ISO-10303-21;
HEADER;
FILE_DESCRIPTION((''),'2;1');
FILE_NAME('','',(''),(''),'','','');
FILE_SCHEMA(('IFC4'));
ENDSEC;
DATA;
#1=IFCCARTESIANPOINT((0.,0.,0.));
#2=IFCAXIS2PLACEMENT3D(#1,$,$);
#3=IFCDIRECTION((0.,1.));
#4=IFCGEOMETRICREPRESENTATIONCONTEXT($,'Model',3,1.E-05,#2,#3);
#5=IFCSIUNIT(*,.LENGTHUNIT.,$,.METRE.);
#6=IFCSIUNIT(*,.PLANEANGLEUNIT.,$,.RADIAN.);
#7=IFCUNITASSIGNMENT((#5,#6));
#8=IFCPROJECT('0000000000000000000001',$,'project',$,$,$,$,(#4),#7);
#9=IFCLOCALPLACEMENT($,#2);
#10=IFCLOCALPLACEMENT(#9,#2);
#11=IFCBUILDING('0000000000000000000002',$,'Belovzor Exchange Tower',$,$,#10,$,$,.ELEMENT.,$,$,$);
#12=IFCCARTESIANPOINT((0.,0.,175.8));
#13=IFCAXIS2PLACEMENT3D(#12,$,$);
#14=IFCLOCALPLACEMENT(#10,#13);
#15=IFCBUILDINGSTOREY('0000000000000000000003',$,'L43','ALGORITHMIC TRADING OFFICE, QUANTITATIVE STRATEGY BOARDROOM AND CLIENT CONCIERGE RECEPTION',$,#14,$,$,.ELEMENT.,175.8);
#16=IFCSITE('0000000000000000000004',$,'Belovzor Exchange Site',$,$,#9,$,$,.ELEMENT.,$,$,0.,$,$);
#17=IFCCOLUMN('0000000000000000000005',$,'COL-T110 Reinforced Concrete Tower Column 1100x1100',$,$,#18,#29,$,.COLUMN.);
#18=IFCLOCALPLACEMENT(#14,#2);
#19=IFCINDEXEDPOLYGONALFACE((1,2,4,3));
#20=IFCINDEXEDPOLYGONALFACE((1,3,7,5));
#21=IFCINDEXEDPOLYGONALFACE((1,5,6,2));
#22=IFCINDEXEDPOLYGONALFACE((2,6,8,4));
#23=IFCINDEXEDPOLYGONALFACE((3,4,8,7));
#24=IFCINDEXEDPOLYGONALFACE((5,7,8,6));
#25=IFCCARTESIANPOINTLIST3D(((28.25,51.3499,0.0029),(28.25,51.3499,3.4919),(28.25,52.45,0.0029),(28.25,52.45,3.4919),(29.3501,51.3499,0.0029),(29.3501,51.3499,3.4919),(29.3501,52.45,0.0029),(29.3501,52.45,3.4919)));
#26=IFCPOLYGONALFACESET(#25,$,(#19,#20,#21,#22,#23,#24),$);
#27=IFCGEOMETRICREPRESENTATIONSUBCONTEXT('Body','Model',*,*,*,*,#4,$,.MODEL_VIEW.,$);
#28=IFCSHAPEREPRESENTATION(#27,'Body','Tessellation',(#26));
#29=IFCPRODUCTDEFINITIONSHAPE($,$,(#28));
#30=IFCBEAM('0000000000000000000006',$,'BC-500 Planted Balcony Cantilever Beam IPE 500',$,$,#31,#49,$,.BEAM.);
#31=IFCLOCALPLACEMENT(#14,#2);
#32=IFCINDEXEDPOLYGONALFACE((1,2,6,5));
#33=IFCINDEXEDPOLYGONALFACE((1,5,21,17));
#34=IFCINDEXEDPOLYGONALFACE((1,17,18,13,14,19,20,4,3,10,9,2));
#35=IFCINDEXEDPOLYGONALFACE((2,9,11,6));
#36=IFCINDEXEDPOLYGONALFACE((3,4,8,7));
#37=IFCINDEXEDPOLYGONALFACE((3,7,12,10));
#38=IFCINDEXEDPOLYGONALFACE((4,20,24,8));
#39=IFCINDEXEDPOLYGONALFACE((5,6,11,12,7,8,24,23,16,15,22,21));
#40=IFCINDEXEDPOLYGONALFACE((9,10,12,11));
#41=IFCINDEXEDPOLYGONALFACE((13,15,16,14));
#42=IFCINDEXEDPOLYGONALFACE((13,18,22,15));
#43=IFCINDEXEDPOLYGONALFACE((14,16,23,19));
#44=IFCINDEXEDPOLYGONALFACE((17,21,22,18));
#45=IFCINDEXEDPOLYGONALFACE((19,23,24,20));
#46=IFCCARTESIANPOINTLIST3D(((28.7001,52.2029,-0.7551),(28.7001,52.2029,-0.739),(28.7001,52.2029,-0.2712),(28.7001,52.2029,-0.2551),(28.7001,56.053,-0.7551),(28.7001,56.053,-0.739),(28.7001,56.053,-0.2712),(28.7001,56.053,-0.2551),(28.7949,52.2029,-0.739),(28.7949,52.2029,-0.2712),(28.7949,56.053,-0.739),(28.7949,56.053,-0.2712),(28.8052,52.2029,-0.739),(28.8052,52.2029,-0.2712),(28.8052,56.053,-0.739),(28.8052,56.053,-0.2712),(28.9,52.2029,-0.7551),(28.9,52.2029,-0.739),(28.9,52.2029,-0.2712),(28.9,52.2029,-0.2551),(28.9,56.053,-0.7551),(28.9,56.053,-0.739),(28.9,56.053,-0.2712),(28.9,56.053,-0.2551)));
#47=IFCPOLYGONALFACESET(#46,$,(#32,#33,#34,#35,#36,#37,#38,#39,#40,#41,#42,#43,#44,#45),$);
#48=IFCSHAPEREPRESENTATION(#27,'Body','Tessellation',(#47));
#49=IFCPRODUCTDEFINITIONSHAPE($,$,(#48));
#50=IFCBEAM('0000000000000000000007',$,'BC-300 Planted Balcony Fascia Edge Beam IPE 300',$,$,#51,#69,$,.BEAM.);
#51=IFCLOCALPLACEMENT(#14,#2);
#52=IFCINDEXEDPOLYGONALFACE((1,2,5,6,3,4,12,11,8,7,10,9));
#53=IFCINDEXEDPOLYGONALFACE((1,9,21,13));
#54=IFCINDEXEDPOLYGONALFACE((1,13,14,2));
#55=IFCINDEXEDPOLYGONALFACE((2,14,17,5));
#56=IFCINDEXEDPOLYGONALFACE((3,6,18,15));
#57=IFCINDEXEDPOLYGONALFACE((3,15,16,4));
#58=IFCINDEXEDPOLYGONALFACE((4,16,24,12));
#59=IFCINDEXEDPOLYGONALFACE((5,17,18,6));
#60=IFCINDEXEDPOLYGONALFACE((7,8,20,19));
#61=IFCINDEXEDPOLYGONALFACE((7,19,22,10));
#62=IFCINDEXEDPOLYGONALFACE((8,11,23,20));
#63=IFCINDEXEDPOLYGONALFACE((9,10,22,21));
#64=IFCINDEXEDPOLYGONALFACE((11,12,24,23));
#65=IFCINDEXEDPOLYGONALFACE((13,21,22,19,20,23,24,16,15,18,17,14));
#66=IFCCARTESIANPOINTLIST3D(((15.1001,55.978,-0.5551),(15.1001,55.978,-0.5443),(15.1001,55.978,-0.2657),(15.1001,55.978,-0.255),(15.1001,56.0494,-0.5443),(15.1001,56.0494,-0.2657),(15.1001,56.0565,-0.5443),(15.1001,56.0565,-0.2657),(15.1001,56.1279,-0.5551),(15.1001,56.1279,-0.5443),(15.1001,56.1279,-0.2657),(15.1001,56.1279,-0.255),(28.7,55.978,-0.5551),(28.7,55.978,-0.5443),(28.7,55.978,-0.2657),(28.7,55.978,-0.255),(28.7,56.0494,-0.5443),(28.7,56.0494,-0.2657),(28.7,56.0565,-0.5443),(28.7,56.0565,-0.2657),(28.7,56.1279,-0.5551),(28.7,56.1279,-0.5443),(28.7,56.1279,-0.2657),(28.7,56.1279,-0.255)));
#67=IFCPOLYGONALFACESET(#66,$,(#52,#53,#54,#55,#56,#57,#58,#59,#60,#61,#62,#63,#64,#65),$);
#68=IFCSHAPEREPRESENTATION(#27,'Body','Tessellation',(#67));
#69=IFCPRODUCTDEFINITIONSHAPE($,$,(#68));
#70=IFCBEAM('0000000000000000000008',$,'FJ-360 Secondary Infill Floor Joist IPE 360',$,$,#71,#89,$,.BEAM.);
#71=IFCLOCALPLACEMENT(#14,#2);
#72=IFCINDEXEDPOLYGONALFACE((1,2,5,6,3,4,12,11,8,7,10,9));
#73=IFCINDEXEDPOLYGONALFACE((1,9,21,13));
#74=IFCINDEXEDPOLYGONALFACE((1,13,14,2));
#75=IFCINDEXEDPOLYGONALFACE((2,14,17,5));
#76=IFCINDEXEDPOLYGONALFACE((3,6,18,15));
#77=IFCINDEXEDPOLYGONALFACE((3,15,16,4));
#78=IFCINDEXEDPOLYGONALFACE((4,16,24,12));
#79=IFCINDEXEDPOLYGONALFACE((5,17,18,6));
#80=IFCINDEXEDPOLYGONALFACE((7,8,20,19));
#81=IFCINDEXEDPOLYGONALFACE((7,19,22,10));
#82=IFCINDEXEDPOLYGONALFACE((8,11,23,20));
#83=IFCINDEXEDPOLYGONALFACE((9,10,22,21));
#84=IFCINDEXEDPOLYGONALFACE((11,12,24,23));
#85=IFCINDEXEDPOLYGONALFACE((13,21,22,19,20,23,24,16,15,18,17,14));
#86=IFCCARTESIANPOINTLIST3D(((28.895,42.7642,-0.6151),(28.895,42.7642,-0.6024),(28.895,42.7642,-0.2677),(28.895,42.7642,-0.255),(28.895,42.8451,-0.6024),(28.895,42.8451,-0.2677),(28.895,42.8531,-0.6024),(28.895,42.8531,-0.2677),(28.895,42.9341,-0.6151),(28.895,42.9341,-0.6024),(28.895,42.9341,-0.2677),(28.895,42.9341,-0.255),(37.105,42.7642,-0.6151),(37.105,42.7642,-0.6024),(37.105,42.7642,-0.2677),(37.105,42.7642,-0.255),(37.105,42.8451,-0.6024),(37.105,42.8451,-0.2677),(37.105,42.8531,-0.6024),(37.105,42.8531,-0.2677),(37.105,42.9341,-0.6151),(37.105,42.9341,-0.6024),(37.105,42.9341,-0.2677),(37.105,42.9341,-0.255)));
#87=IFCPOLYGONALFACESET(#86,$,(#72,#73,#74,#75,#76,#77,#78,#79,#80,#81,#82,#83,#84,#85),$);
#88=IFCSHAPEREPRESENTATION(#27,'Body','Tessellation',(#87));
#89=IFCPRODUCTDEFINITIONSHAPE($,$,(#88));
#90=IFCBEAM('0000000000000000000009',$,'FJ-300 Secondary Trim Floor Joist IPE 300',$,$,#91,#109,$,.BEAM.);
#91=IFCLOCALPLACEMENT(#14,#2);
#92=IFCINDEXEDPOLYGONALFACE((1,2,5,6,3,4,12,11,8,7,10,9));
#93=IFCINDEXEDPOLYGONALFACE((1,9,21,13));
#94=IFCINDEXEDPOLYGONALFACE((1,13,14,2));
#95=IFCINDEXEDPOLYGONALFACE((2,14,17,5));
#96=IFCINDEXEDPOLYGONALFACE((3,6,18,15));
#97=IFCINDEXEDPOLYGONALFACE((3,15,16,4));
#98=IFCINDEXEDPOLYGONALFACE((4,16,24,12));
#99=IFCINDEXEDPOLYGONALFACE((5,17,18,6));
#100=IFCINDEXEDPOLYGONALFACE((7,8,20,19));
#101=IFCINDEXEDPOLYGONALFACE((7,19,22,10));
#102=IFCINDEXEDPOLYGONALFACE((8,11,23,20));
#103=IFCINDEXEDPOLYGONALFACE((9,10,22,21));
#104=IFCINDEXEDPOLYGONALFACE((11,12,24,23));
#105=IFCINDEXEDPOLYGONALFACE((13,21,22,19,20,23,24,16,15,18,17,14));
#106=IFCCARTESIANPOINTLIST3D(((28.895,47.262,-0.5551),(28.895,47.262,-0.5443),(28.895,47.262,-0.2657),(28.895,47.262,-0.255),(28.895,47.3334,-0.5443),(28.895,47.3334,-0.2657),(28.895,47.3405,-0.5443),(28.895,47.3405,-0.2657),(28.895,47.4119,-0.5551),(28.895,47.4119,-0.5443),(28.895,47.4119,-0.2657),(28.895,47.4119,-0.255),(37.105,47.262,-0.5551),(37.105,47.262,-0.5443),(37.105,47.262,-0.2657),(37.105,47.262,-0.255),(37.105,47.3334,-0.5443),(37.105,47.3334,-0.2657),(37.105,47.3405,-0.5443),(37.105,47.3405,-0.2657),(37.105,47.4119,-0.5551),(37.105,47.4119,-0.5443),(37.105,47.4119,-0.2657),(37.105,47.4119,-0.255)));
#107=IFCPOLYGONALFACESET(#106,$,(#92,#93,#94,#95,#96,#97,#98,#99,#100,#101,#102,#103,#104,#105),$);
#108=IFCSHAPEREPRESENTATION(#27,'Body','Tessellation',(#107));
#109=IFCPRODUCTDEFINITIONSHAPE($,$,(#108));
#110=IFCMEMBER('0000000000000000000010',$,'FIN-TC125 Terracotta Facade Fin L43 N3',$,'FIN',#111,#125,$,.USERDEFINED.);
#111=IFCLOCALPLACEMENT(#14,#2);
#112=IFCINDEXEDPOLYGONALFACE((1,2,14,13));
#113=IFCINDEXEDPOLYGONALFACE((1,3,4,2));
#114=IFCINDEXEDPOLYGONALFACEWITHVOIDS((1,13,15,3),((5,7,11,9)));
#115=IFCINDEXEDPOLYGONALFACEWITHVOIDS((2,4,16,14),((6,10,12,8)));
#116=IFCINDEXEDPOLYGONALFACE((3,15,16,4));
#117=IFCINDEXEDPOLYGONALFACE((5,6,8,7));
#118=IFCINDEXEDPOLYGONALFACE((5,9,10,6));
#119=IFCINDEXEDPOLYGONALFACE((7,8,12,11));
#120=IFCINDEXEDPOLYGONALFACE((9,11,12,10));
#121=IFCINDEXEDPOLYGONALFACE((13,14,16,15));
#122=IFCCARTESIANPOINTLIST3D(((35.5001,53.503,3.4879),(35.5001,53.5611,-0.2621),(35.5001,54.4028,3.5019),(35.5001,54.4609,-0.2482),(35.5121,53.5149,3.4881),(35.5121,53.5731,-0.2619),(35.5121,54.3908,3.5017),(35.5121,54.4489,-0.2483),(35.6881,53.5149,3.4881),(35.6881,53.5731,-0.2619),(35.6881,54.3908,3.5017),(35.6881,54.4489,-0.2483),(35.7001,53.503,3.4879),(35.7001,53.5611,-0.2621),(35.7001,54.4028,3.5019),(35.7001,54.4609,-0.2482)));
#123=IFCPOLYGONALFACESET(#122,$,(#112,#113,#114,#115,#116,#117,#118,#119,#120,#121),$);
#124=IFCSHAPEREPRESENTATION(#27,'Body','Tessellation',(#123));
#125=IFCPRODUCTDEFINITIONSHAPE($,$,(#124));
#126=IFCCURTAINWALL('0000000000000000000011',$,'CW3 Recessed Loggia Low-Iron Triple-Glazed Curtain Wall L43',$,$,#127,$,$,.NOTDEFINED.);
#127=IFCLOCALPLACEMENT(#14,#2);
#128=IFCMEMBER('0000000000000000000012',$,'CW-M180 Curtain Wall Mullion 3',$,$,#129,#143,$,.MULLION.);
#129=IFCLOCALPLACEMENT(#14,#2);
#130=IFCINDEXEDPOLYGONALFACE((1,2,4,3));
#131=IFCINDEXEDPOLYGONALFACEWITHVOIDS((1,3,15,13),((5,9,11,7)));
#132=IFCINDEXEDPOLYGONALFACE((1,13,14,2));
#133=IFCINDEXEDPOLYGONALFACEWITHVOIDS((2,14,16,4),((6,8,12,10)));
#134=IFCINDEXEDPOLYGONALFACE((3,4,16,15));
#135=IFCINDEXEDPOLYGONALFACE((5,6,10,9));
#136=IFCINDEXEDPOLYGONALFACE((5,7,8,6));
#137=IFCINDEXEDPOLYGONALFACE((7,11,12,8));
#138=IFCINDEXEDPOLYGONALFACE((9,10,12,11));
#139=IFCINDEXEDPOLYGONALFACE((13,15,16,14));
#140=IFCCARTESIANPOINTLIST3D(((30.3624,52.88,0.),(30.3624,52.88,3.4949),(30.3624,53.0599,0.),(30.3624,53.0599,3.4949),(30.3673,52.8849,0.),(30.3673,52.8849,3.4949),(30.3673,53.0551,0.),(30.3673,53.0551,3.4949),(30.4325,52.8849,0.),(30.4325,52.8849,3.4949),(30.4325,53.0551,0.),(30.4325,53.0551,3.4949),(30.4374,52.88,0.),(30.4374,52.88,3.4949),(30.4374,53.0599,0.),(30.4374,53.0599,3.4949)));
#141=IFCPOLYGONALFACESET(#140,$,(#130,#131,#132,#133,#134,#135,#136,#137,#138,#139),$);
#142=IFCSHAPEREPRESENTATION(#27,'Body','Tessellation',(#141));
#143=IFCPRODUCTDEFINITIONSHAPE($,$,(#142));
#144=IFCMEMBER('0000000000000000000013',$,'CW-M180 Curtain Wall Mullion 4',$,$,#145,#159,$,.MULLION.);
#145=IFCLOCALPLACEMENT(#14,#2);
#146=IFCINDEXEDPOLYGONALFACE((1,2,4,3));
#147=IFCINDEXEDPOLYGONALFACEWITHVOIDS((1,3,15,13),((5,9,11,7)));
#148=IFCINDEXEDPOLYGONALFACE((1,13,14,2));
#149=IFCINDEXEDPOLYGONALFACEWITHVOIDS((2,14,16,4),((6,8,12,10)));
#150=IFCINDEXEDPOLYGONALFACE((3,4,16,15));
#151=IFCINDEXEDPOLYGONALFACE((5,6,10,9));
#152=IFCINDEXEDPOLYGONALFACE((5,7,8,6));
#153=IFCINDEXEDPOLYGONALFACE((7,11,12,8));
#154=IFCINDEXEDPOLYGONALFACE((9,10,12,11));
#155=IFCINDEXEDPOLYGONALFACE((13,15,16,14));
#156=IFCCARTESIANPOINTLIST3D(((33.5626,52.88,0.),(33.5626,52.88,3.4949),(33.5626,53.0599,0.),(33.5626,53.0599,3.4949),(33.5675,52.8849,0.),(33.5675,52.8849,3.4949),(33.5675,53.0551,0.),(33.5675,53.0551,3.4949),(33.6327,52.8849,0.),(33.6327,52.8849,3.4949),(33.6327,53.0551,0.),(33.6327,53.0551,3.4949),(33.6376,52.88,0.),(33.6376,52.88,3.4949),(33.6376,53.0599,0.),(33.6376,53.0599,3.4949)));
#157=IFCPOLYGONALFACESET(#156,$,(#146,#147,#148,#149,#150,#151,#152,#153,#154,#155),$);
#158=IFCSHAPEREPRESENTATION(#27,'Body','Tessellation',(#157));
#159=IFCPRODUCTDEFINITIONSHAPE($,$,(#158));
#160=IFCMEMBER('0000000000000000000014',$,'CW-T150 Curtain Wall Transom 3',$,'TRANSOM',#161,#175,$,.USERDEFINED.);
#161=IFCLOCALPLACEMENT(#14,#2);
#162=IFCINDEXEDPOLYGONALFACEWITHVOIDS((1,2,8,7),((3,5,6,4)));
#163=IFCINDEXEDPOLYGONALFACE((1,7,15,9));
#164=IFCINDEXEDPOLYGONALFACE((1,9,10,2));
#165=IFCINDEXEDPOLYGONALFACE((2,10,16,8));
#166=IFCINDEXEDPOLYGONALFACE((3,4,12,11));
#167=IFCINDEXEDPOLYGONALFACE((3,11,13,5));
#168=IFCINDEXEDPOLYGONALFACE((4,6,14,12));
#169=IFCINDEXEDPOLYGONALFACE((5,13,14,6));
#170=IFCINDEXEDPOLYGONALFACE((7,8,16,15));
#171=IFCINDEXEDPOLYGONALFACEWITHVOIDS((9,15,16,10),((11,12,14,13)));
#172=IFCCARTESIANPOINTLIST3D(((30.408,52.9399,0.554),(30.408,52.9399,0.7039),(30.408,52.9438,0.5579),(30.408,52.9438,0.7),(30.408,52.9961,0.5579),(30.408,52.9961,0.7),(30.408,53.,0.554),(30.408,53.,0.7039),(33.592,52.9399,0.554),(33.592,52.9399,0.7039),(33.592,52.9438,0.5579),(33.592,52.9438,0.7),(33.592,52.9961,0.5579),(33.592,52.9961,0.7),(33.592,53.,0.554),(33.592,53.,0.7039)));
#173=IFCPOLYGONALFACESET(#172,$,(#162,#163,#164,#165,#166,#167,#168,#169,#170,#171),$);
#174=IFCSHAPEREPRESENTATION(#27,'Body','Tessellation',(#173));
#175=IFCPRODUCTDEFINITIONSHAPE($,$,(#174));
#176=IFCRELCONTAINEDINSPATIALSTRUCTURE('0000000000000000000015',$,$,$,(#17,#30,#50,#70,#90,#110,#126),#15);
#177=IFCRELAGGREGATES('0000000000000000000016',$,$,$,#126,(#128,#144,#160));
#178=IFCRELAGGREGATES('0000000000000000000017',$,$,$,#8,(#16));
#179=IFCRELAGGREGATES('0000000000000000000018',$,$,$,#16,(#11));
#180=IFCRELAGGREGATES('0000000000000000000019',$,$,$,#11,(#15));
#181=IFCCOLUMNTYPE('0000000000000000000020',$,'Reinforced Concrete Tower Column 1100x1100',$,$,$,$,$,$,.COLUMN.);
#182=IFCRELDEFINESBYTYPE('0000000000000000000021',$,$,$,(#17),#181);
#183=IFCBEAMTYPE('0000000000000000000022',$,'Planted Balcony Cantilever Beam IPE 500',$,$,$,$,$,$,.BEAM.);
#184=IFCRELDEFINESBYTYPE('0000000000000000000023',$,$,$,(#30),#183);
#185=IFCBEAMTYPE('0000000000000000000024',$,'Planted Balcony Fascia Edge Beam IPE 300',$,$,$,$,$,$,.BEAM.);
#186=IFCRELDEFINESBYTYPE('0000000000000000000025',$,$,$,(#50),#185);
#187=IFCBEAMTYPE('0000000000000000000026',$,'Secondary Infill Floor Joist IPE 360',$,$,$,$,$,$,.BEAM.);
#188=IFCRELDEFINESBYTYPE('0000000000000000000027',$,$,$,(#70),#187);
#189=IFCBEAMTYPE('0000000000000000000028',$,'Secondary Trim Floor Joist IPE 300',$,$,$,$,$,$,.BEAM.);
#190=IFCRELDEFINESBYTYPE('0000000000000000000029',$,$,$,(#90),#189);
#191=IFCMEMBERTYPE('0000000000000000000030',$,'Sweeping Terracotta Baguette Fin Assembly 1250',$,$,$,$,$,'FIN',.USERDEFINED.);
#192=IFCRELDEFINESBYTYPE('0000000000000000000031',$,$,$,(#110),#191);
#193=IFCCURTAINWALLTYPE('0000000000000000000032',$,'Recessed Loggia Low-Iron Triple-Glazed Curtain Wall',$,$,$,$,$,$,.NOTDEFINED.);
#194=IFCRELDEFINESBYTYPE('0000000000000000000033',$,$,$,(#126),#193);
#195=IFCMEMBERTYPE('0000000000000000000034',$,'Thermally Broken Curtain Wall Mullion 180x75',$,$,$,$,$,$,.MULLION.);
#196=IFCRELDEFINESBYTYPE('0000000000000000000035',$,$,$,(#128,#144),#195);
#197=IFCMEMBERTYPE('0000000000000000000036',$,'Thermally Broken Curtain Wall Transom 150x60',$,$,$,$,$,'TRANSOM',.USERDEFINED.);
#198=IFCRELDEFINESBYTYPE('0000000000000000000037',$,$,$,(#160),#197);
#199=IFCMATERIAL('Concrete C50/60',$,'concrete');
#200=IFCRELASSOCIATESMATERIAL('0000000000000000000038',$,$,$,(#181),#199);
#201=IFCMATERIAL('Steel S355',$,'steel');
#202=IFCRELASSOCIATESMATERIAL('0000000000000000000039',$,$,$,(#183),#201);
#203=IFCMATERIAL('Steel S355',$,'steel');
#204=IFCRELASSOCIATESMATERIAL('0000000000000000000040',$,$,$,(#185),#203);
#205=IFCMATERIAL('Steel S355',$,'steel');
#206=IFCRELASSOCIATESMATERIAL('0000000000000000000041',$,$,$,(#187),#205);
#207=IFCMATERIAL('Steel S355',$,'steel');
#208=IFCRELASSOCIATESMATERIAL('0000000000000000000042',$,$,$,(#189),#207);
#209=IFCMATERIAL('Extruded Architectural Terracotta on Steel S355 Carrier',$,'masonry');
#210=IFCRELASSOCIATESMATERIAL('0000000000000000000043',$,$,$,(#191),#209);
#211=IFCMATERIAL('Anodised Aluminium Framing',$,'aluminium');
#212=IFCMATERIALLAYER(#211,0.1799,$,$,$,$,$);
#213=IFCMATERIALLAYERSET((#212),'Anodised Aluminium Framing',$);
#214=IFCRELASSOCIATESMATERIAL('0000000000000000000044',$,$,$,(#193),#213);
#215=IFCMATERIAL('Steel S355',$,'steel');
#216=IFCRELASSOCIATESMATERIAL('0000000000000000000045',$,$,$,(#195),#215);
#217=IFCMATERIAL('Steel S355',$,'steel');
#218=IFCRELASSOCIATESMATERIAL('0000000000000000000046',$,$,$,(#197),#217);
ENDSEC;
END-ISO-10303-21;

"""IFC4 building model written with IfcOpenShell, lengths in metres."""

from ifc_helpers import new_model, si_unit, direction, frame, origin, origin_2d, place, context, subcontext, project, spatial, rectangle, hollow_rectangle, i_section, extrude, material, layer, layer_set, material_profile, profile_set, type_object, element, aggregate, save


model = new_model("IFC4")

# Units and contexts
model_context = context("Model", 3, precision=1e-05, world=origin(), true_north=direction((0.0, 1.0)))
body_context = subcontext(model_context, "Body", "Model", "MODEL_VIEW")
ifc_project = project(units=[si_unit("LENGTHUNIT", "METRE"), si_unit("PLANEANGLEUNIT", "RADIAN")], contexts=[model_context])

# Site, building, storey
site_placement = place(None, origin())
site = spatial("IfcSite", under=ifc_project, at=site_placement, Name="Belovzor Exchange Site", CompositionType="ELEMENT", RefElevation=0.0)
building_placement = place(site_placement, origin())
building = spatial("IfcBuilding", under=site, at=building_placement, Name="Belovzor Exchange Tower", CompositionType="ELEMENT")
storey_placement = place(building_placement, frame((0.0, 0.0, 175.8)))
storey = spatial("IfcBuildingStorey", under=building, at=storey_placement, Name="L43", Description="ALGORITHMIC TRADING OFFICE, QUANTITATIVE STRATEGY BOARDROOM AND CLIENT CONCIERGE RECEPTION", CompositionType="ELEMENT", Elevation=175.8)

# Column
ifc_material_1 = material(Name="Concrete C50/60", Category="concrete")
ifc_material_profile_1 = material_profile(ifc_material_1, rectangle(XDim=1.1001, YDim=1.1001, at=origin_2d()))
ifc_profile_set_1 = profile_set([ifc_material_profile_1], Name="Concrete C50/60")
column_type = type_object("IfcColumnType", Name="Reinforced Concrete Tower Column 1100x1100", PredefinedType="COLUMN", material=ifc_profile_set_1)
column_placement = place(storey_placement, frame((28.8, 51.8999, 0.0029), z_axis=(0.0, 0.0, 1.0), x_axis=(1.0, 0.0, 0.0)))
element("IfcColumn", 1, at=column_placement, inside=storey, type_object=column_type, Name="COL-T110 Reinforced Concrete Tower Column 1100x1100", PredefinedType="COLUMN", context=body_context, shape_type="SweptSolid", body=[
    extrude(rectangle(XDim=1.1001, YDim=1.1001, at=origin_2d()), origin(), (0.0, 0.0, 1.0), 3.489),
])

# Beams
ifc_material_2 = material(Name="Steel S355", Category="steel")
ifc_material_profile_2 = material_profile(ifc_material_2, i_section(OverallWidth=0.2, OverallDepth=0.5, WebThickness=0.0103, FlangeThickness=0.0161, at=origin_2d()))
ifc_profile_set_2 = profile_set([ifc_material_profile_2], Name="Steel S355")
beam_type_1 = type_object("IfcBeamType", Name="Planted Balcony Cantilever Beam IPE 500", PredefinedType="BEAM", material=ifc_profile_set_2)
beam_1_placement = place(storey_placement, frame((28.8, 52.2029, -0.5051), z_axis=(0.0, 1.0, 0.0), x_axis=(-1.0, 0.0, 0.0)))
element("IfcBeam", 2, at=beam_1_placement, inside=storey, type_object=beam_type_1, Name="BC-500 Planted Balcony Cantilever Beam IPE 500", PredefinedType="BEAM", context=body_context, shape_type="SweptSolid", body=[
    extrude(i_section(OverallWidth=0.2, OverallDepth=0.5, WebThickness=0.0103, FlangeThickness=0.0161, at=origin_2d()), origin(), (0.0, 0.0, 1.0), 3.8501),
])
ifc_material_3 = material(Name="Steel S355", Category="steel")
ifc_material_profile_3 = material_profile(ifc_material_3, i_section(OverallWidth=0.1499, OverallDepth=0.3, WebThickness=0.0071, FlangeThickness=0.0107, at=origin_2d()))
ifc_profile_set_3 = profile_set([ifc_material_profile_3], Name="Steel S355")
beam_type_2 = type_object("IfcBeamType", Name="Planted Balcony Fascia Edge Beam IPE 300", PredefinedType="BEAM", material=ifc_profile_set_3)
beam_2_placement = place(storey_placement, frame((28.7, 56.053, -0.405), z_axis=(-1.0, 0.0, 0.0), x_axis=(0.0, -1.0, 0.0)))
element("IfcBeam", 3, at=beam_2_placement, inside=storey, type_object=beam_type_2, Name="BC-300 Planted Balcony Fascia Edge Beam IPE 300", PredefinedType="BEAM", context=body_context, shape_type="SweptSolid", body=[
    extrude(i_section(OverallWidth=0.1499, OverallDepth=0.3, WebThickness=0.0071, FlangeThickness=0.0107, at=origin_2d()), origin(), (0.0, 0.0, 1.0), 13.5999),
])
ifc_material_4 = material(Name="Steel S355", Category="steel")
ifc_material_profile_4 = material_profile(ifc_material_4, i_section(OverallWidth=0.1699, OverallDepth=0.3601, WebThickness=0.0081, FlangeThickness=0.0127, at=origin_2d()))
ifc_profile_set_4 = profile_set([ifc_material_profile_4], Name="Steel S355")
beam_type_3 = type_object("IfcBeamType", Name="Secondary Infill Floor Joist IPE 360", PredefinedType="BEAM", material=ifc_profile_set_4)
beam_3_placement = place(storey_placement, frame((28.895, 42.8491, -0.4351), z_axis=(1.0, 0.0, 0.0), x_axis=(0.0, 1.0, 0.0)))
element("IfcBeam", 4, at=beam_3_placement, inside=storey, type_object=beam_type_3, Name="FJ-360 Secondary Infill Floor Joist IPE 360", PredefinedType="BEAM", context=body_context, shape_type="SweptSolid", body=[
    extrude(i_section(OverallWidth=0.1699, OverallDepth=0.3601, WebThickness=0.0081, FlangeThickness=0.0127, at=origin_2d()), origin(), (0.0, 0.0, 1.0), 8.21),
])
ifc_material_5 = material(Name="Steel S355", Category="steel")
ifc_material_profile_5 = material_profile(ifc_material_5, i_section(OverallWidth=0.1499, OverallDepth=0.3, WebThickness=0.0071, FlangeThickness=0.0107, at=origin_2d()))
ifc_profile_set_5 = profile_set([ifc_material_profile_5], Name="Steel S355")
beam_type_4 = type_object("IfcBeamType", Name="Secondary Trim Floor Joist IPE 300", PredefinedType="BEAM", material=ifc_profile_set_5)
beam_4_placement = place(storey_placement, frame((28.895, 47.3369, -0.405), z_axis=(1.0, 0.0, 0.0), x_axis=(0.0, 1.0, 0.0)))
element("IfcBeam", 5, at=beam_4_placement, inside=storey, type_object=beam_type_4, Name="FJ-300 Secondary Trim Floor Joist IPE 300", PredefinedType="BEAM", context=body_context, shape_type="SweptSolid", body=[
    extrude(i_section(OverallWidth=0.1499, OverallDepth=0.3, WebThickness=0.0071, FlangeThickness=0.0107, at=origin_2d()), origin(), (0.0, 0.0, 1.0), 8.21),
])

# Member
ifc_material_6 = material(Name="Extruded Architectural Terracotta on Steel S355 Carrier", Category="masonry")
ifc_material_profile_6 = material_profile(ifc_material_6, hollow_rectangle(XDim=0.2, YDim=0.8999, WallThickness=0.012, at=origin_2d()))
ifc_profile_set_6 = profile_set([ifc_material_profile_6], Name="Extruded Architectural Terracotta on Steel S355 Carrier")
member_type_1 = type_object("IfcMemberType", Name="Sweeping Terracotta Baguette Fin Assembly 1250", ElementType="FIN", PredefinedType="USERDEFINED", material=ifc_profile_set_6)
member_1_placement = place(storey_placement, frame((35.6001, 54.011, -0.2551), z_axis=(0.0, -0.015493, 0.99988), x_axis=(1.0, 0.0, 0.0)))
element("IfcMember", 6, at=member_1_placement, inside=storey, type_object=member_type_1, Name="FIN-TC125 Terracotta Facade Fin L43 N3", ObjectType="FIN", PredefinedType="USERDEFINED", context=body_context, shape_type="SweptSolid", body=[
    extrude(hollow_rectangle(XDim=0.2, YDim=0.8999, WallThickness=0.012, at=origin_2d()), origin(), (0.0, 0.0, 1.0), 3.7505),
])

# Curtain wall, members
ifc_material_7 = material(Name="Anodised Aluminium Framing", Category="aluminium")
ifc_layer_1 = layer(ifc_material_7, 0.1799)
ifc_layer_set_1 = layer_set([ifc_layer_1], Name="Anodised Aluminium Framing")
curtain_wall_type = type_object("IfcCurtainWallType", Name="Recessed Loggia Low-Iron Triple-Glazed Curtain Wall", PredefinedType="NOTDEFINED", material=ifc_layer_set_1)
curtain_wall_placement = place(storey_placement, origin())
curtain_wall = element("IfcCurtainWall", 7, at=curtain_wall_placement, inside=storey, type_object=curtain_wall_type, Name="CW3 Recessed Loggia Low-Iron Triple-Glazed Curtain Wall L43", PredefinedType="NOTDEFINED")
ifc_material_8 = material(Name="Steel S355", Category="steel")
ifc_material_profile_7 = material_profile(ifc_material_8, hollow_rectangle(XDim=0.075, YDim=0.1799, WallThickness=0.0049, at=origin_2d()))
ifc_profile_set_7 = profile_set([ifc_material_profile_7], Name="Steel S355")
member_type_2 = type_object("IfcMemberType", Name="Thermally Broken Curtain Wall Mullion 180x75", PredefinedType="MULLION", material=ifc_profile_set_7)
member_2_placement = place(storey_placement, frame((30.3999, 52.97, 0.0), z_axis=(0.0, 0.0, 1.0), x_axis=(1.0, 0.0, 0.0)))
member_2 = element("IfcMember", 8, at=member_2_placement, type_object=member_type_2, Name="CW-M180 Curtain Wall Mullion 3", PredefinedType="MULLION", context=body_context, shape_type="SweptSolid", body=[
    extrude(hollow_rectangle(XDim=0.075, YDim=0.1799, WallThickness=0.0049, at=origin_2d()), origin(), (0.0, 0.0, 1.0), 3.4949),
])
member_3_placement = place(storey_placement, frame((33.6001, 52.97, 0.0), z_axis=(0.0, 0.0, 1.0), x_axis=(1.0, 0.0, 0.0)))
member_3 = element("IfcMember", 9, at=member_3_placement, type_object=member_type_2, Name="CW-M180 Curtain Wall Mullion 4", PredefinedType="MULLION", context=body_context, shape_type="SweptSolid", body=[
    extrude(hollow_rectangle(XDim=0.075, YDim=0.1799, WallThickness=0.0049, at=origin_2d()), origin(), (0.0, 0.0, 1.0), 3.4949),
])
ifc_material_9 = material(Name="Steel S355", Category="steel")
ifc_material_profile_8 = material_profile(ifc_material_9, hollow_rectangle(XDim=0.0601, YDim=0.1499, WallThickness=0.0039, at=origin_2d()))
ifc_profile_set_8 = profile_set([ifc_material_profile_8], Name="Steel S355")
member_type_3 = type_object("IfcMemberType", Name="Thermally Broken Curtain Wall Transom 150x60", ElementType="TRANSOM", PredefinedType="USERDEFINED", material=ifc_profile_set_8)
member_4_placement = place(storey_placement, frame((30.408, 52.97, 0.6289), z_axis=(1.0, 0.0, 0.0), x_axis=(0.0, 1.0, 0.0)))
member_4 = element("IfcMember", 10, at=member_4_placement, type_object=member_type_3, Name="CW-T150 Curtain Wall Transom 3", ObjectType="TRANSOM", PredefinedType="USERDEFINED", context=body_context, shape_type="SweptSolid", body=[
    extrude(hollow_rectangle(XDim=0.0601, YDim=0.1499, WallThickness=0.0039, at=origin_2d()), origin(), (0.0, 0.0, 1.0), 3.1841),
])

aggregate(curtain_wall, [member_2, member_3, member_4])

save(model, "model.ifc")
